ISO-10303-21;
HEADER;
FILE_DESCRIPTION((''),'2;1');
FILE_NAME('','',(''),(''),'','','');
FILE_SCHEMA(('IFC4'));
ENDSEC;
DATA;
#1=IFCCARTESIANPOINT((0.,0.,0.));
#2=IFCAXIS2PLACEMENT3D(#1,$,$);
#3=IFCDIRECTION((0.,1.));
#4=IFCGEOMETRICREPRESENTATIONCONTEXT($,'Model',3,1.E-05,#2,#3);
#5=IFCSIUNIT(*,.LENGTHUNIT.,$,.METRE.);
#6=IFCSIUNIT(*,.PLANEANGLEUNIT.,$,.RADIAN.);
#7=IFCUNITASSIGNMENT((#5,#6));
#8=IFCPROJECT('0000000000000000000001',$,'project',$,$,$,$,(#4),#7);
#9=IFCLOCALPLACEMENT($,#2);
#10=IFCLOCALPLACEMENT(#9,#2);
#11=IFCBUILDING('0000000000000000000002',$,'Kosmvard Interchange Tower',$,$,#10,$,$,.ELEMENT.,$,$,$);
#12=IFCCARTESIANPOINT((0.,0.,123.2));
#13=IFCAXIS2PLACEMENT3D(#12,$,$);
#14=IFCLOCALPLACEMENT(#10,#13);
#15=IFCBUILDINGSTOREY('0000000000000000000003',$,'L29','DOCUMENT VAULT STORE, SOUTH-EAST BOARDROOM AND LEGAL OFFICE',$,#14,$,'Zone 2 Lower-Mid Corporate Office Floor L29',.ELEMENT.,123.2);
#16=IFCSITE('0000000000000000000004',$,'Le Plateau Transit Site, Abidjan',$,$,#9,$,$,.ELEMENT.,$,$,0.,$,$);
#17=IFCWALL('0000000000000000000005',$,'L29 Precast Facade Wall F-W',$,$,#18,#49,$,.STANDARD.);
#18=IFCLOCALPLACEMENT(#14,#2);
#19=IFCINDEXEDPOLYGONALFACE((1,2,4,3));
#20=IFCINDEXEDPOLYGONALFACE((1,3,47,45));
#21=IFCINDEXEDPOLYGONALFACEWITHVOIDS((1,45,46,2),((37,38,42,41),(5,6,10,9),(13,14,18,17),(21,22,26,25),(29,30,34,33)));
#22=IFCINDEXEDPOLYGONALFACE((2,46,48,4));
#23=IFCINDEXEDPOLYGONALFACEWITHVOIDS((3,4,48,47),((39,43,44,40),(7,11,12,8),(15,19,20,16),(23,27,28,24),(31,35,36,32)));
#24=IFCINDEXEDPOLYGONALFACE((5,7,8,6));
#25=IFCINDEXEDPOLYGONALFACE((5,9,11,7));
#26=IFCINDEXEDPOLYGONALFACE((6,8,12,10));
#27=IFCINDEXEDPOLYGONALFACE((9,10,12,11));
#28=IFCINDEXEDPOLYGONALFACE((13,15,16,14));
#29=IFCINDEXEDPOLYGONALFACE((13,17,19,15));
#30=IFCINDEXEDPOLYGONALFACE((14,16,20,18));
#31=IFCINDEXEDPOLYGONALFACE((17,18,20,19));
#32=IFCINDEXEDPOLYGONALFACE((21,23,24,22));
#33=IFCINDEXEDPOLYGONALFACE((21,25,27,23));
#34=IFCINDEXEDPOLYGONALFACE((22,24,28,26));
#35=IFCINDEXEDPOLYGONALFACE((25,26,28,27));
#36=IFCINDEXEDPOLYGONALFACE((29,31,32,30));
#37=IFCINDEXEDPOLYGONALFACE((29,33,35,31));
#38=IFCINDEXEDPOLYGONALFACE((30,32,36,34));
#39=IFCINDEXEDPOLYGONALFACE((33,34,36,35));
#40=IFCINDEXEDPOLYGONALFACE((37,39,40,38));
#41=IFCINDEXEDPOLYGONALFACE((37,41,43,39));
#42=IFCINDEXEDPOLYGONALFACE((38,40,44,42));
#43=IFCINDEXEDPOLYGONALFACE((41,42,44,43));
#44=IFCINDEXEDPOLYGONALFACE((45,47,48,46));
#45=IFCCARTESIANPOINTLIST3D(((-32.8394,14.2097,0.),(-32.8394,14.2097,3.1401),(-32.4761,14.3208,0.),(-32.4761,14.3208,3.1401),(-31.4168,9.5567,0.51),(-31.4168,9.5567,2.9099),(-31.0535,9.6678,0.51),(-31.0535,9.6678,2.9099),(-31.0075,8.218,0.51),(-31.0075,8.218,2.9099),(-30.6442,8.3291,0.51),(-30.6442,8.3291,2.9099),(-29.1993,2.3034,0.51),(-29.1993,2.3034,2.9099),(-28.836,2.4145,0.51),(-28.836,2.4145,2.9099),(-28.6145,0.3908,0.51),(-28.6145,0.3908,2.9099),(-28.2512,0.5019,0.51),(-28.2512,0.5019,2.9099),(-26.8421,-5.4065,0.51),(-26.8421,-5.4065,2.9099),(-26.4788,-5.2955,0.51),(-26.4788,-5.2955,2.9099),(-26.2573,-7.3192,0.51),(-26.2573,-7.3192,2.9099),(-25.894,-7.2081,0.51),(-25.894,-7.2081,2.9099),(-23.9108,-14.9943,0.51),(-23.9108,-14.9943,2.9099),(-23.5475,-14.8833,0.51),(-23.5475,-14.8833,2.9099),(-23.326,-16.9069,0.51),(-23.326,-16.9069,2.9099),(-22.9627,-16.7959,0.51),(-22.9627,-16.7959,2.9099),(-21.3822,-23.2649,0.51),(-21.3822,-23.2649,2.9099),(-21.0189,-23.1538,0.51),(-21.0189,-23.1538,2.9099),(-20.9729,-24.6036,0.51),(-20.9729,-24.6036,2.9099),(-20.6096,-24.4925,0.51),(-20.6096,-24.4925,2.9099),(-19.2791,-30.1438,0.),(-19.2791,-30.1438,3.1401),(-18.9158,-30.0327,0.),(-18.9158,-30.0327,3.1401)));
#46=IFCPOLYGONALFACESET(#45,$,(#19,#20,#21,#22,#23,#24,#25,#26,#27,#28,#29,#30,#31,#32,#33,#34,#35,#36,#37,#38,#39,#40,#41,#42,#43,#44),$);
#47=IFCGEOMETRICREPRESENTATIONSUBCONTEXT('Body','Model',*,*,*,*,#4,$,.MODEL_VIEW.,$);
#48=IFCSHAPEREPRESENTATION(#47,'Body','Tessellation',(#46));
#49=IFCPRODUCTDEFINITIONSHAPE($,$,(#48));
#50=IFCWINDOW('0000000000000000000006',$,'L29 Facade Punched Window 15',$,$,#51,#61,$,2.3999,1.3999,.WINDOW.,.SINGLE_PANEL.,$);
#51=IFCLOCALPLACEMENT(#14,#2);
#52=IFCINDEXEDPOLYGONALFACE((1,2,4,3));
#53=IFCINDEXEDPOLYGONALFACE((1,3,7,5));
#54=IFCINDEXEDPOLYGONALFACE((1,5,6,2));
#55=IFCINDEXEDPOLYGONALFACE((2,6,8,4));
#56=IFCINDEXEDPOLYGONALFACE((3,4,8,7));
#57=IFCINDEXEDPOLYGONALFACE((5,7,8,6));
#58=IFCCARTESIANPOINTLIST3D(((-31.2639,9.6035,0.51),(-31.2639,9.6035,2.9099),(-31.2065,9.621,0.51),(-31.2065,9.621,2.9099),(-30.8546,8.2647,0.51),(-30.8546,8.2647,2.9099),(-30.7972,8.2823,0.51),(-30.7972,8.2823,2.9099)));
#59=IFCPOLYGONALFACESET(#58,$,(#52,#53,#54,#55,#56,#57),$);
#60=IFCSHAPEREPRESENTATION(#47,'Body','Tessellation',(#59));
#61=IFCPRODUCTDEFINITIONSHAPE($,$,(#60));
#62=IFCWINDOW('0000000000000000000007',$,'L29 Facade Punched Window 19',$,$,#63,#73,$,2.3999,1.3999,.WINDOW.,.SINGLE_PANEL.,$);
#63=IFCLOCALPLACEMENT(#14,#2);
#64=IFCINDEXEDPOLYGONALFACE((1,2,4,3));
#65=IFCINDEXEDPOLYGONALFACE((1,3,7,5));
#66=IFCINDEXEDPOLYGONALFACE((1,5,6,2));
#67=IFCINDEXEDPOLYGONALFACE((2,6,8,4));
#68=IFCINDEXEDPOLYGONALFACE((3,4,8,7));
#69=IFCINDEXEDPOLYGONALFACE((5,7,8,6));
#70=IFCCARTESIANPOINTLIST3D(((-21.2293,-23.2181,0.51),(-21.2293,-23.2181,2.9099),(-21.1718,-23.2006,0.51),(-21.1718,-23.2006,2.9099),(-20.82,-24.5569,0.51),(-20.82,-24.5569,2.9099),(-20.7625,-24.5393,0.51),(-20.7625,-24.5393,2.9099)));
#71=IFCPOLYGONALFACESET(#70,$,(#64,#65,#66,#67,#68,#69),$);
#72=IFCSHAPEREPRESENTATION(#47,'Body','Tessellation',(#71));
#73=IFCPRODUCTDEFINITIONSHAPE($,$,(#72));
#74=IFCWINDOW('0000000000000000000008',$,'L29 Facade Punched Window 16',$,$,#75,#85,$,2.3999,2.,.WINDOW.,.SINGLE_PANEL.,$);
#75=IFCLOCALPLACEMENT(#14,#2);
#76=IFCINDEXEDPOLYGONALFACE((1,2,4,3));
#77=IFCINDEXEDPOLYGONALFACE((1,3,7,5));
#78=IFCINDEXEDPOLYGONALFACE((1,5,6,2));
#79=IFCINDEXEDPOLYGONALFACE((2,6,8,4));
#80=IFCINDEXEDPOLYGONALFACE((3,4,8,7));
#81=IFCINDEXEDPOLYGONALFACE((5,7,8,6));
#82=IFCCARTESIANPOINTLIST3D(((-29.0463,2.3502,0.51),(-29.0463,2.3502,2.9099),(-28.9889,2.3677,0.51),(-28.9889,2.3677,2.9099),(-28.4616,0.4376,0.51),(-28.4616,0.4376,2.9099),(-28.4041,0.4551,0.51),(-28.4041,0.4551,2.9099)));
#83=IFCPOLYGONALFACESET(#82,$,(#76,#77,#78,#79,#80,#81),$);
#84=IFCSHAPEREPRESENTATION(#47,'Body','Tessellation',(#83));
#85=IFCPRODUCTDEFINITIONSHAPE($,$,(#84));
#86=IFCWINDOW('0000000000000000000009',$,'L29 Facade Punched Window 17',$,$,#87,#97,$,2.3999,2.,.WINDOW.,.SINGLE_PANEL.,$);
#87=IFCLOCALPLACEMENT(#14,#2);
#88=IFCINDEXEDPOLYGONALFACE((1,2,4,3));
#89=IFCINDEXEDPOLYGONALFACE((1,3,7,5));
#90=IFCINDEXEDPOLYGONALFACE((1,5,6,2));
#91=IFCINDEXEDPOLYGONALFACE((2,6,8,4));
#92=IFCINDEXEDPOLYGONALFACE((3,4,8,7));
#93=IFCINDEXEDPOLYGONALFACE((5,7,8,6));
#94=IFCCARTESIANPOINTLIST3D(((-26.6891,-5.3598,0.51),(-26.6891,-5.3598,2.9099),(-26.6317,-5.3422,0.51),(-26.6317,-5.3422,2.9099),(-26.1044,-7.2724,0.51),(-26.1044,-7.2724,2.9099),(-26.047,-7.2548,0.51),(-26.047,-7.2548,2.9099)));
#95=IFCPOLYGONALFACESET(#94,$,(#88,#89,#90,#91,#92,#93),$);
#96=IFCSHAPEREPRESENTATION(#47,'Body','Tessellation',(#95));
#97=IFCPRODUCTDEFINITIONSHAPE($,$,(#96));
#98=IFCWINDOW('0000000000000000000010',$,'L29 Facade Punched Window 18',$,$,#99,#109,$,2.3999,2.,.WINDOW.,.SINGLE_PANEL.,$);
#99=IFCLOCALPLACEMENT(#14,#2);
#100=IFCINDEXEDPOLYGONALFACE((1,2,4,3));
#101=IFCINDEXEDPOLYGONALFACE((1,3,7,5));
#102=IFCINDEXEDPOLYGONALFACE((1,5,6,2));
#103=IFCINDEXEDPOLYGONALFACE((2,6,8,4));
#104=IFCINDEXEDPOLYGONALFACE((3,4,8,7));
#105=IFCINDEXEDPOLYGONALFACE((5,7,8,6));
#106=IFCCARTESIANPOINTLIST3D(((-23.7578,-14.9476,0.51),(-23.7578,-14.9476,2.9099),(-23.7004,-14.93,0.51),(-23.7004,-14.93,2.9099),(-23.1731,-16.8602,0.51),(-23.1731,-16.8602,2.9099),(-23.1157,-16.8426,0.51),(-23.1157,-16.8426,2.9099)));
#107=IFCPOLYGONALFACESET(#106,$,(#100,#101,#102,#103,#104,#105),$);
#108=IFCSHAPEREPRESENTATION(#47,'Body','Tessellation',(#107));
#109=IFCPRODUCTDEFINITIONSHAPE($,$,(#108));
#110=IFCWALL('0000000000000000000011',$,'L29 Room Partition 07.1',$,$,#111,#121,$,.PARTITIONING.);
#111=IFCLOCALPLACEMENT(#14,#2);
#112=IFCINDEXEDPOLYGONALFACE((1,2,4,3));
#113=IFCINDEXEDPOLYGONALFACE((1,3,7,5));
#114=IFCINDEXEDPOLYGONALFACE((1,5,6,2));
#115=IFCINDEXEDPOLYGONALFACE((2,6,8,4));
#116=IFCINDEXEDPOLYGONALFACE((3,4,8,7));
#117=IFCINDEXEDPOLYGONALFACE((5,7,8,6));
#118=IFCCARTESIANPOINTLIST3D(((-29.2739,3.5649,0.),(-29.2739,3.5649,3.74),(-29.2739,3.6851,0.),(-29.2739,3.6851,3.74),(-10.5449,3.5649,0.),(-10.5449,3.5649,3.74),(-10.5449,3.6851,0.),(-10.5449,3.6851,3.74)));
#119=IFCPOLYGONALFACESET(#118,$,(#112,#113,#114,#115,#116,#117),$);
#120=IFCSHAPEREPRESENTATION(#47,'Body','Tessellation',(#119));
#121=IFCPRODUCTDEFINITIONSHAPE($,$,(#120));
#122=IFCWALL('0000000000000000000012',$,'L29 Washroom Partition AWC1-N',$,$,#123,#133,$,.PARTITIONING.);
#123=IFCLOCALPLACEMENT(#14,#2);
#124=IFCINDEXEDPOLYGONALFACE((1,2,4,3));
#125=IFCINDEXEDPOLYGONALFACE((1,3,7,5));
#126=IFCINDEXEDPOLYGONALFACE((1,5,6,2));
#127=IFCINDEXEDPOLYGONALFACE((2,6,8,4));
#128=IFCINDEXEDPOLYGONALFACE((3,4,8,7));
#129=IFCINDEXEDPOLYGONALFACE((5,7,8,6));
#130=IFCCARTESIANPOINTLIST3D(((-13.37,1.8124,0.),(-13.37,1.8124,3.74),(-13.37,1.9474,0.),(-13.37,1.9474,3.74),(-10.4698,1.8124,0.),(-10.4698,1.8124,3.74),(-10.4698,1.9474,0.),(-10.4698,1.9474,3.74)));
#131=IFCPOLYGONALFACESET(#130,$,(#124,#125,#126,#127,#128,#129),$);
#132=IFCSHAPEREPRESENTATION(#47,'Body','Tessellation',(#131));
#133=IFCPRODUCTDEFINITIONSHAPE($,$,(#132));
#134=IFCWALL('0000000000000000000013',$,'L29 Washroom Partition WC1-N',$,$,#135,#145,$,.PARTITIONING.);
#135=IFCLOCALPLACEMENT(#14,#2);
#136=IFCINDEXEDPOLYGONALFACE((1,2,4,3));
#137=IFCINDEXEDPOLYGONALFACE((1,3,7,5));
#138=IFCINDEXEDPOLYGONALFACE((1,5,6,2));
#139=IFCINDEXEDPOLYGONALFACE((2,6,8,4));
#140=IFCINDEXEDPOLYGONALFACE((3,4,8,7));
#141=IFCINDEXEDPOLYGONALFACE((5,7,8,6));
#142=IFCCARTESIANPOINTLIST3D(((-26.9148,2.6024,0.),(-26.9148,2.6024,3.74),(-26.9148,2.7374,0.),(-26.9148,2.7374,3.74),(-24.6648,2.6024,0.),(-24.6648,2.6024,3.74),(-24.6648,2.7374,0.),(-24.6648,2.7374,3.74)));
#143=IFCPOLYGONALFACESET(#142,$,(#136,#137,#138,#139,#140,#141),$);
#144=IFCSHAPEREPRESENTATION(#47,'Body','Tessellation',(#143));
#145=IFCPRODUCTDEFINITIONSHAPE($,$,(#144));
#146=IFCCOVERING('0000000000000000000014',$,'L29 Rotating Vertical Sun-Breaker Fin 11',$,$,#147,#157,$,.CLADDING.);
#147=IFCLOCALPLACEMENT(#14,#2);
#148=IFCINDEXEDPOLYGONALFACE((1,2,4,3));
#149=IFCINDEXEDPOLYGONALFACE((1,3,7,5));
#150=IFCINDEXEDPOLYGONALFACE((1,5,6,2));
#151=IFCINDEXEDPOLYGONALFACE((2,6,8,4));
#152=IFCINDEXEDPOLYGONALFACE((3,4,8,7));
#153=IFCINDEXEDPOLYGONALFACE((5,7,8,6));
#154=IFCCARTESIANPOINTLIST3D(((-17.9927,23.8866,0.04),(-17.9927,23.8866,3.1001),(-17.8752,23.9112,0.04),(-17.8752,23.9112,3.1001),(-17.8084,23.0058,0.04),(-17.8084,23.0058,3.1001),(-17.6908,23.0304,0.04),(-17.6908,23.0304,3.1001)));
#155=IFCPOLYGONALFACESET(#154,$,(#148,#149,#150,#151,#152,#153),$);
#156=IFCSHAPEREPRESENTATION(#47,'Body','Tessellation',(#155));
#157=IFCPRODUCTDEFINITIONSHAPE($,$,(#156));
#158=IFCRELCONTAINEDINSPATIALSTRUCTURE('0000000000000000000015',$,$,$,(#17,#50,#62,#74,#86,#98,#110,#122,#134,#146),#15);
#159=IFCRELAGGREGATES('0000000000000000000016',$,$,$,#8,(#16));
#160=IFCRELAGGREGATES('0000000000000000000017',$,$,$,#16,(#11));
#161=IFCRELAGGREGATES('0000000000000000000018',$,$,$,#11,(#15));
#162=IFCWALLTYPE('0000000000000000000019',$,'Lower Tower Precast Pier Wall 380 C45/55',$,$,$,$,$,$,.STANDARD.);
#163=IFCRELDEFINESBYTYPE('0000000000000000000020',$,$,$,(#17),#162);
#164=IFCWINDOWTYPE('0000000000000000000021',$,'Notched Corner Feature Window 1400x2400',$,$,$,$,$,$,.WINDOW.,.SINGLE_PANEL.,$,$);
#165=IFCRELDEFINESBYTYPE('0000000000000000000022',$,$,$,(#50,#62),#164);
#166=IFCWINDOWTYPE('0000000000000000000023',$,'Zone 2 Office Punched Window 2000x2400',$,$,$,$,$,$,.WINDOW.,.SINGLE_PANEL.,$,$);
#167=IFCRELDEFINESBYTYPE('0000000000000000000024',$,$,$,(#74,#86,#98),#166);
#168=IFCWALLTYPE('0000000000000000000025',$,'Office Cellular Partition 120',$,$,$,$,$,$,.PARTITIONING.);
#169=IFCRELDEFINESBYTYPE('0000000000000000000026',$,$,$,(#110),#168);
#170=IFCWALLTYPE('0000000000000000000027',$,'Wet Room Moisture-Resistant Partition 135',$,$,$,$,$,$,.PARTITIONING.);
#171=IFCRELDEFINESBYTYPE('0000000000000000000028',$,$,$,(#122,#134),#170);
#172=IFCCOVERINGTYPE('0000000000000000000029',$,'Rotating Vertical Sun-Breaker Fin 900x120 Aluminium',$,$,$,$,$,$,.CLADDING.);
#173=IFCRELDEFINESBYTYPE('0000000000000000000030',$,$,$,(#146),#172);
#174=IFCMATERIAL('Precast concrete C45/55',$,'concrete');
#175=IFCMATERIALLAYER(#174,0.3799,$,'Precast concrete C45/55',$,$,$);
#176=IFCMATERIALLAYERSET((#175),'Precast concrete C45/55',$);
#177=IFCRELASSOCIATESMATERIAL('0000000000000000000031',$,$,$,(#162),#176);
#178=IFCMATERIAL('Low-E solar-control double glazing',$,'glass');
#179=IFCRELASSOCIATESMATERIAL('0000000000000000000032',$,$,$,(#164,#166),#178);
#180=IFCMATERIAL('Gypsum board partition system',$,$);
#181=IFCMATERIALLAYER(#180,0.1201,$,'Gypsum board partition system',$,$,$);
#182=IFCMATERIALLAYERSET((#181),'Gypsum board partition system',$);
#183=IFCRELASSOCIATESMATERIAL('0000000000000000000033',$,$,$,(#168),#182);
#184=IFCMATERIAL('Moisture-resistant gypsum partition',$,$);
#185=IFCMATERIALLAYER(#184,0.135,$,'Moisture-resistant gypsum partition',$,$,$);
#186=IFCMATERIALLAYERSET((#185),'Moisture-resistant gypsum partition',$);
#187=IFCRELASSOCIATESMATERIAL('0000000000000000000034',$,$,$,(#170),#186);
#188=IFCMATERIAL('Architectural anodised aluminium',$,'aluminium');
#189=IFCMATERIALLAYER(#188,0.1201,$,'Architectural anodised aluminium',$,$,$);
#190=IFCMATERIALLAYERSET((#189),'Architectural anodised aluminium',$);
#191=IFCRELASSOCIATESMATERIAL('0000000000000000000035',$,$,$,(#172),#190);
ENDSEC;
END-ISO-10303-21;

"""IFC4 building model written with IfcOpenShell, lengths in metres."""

from ifc_helpers import new_model, si_unit, direction, frame, frame_2d, origin, origin_2d, place, context, subcontext, project, spatial, rectangle, extrude, source, transform, mapped, material, layer, layer_set, type_object, element, fill, save


model = new_model("IFC4")

# Units and contexts
model_context = context("Model", 3, precision=1e-05, world=origin(), true_north=direction((0.0, 1.0)))
body_context = subcontext(model_context, "Body", "Model", "MODEL_VIEW")
ifc_project = project(units=[si_unit("LENGTHUNIT", "METRE"), si_unit("PLANEANGLEUNIT", "RADIAN")], contexts=[model_context])

# Site, building, storey
site_placement = place(None, origin())
site = spatial("IfcSite", under=ifc_project, at=site_placement, Name="Le Plateau Transit Site, Abidjan", CompositionType="ELEMENT", RefElevation=0.0)
building_placement = place(site_placement, origin())
building = spatial("IfcBuilding", under=site, at=building_placement, Name="Kosmvard Interchange Tower", CompositionType="ELEMENT")
storey_placement = place(building_placement, frame((0.0, 0.0, 123.2)))
storey = spatial("IfcBuildingStorey", under=building, at=storey_placement, Name="L29", Description="DOCUMENT VAULT STORE, SOUTH-EAST BOARDROOM AND LEGAL OFFICE", LongName="Zone 2 Lower-Mid Corporate Office Floor L29", CompositionType="ELEMENT", Elevation=123.2)

# Shared definitions
ifc_material_1 = material(Name="Precast concrete C45/55", Category="concrete")

# Shared definitions
ifc_layer_1 = layer(ifc_material_1, 0.3799, Name="Precast concrete C45/55")
ifc_layer_set_1 = layer_set([ifc_layer_1], Name="Precast concrete C45/55")
wall_type_1 = type_object("IfcWallType", Name="Lower Tower Precast Pier Wall 380 C45/55", PredefinedType="STANDARD", material=ifc_layer_set_1)

# Shared definitions
ifc_material_2 = material(Name="Low-E solar-control double glazing", Category="glass")
window_type_1 = type_object("IfcWindowType", Name="Notched Corner Feature Window 1400x2400", PartitioningType="SINGLE_PANEL", PredefinedType="WINDOW", material=ifc_material_2)
shared_shape_1 = source(origin(), body_context, "Body", "SweptSolid", [
    extrude(rectangle(XDim=1.3999, YDim=2.3999, at=frame_2d((0.7, 1.2))), frame((0.0, 0.03, 0.0), z_axis=(0.0, -1.0, 0.0), x_axis=(1.0, 0.0, 0.0)), (0.0, 0.0, 1.0), 0.0601),
])

# Wall, openings, windows
wall_1_placement = place(storey_placement, frame((-32.6577, 14.2651, 0.0), z_axis=(0.0, 0.0, 1.0), x_axis=(0.292373, -0.956304, 0.0)))
wall_1 = element("IfcWall", 1, at=wall_1_placement, inside=storey, type_object=wall_type_1, Name="L29 Precast Facade Wall F-W", PredefinedType="STANDARD", context=body_context, shape_type="SweptSolid", body=[
    extrude(rectangle(XDim=46.3801, YDim=0.3799, at=frame_2d((23.1899, 0.0))), origin(), (0.0, 0.0, 1.0), 3.1401),
])
opening_1_placement = place(wall_1_placement, frame((4.8655, 0.0, 0.51)))
opening_1 = element("IfcOpeningElement", 2, at=opening_1_placement, cuts=wall_1, PredefinedType="OPENING", context=body_context, shape_type="SweptSolid", body=[
    extrude(rectangle(XDim=1.3999, YDim=2.3999, at=frame_2d((0.7, 1.2))), frame((0.0, 0.2, 0.0), z_axis=(0.0, -1.0, 0.0), x_axis=(1.0, 0.0, 0.0)), (0.0, 0.0, 1.0), 0.3999),
])
opening_2_placement = place(wall_1_placement, frame((12.4502, 0.0, 0.51)))
opening_2 = element("IfcOpeningElement", 3, at=opening_2_placement, cuts=wall_1, PredefinedType="OPENING", context=body_context, shape_type="SweptSolid", body=[
    extrude(rectangle(XDim=2.0, YDim=2.3999, at=frame_2d((1.0, 1.2))), frame((0.0, 0.2, 0.0), z_axis=(0.0, -1.0, 0.0), x_axis=(1.0, 0.0, 0.0)), (0.0, 0.0, 1.0), 0.3999),
])
opening_3_placement = place(wall_1_placement, frame((20.5125, 0.0, 0.51)))
opening_3 = element("IfcOpeningElement", 4, at=opening_3_placement, cuts=wall_1, PredefinedType="OPENING", context=body_context, shape_type="SweptSolid", body=[
    extrude(rectangle(XDim=2.0, YDim=2.3999, at=frame_2d((1.0, 1.2))), frame((0.0, 0.2, 0.0), z_axis=(0.0, -1.0, 0.0), x_axis=(1.0, 0.0, 0.0)), (0.0, 0.0, 1.0), 0.3999),
])
opening_4_placement = place(wall_1_placement, frame((30.5383, 0.0, 0.51)))
opening_4 = element("IfcOpeningElement", 5, at=opening_4_placement, cuts=wall_1, PredefinedType="OPENING", context=body_context, shape_type="SweptSolid", body=[
    extrude(rectangle(XDim=2.0, YDim=2.3999, at=frame_2d((1.0, 1.2))), frame((0.0, 0.2, 0.0), z_axis=(0.0, -1.0, 0.0), x_axis=(1.0, 0.0, 0.0)), (0.0, 0.0, 1.0), 0.3999),
])
opening_5_placement = place(wall_1_placement, frame((39.1868, 0.0, 0.51)))
opening_5 = element("IfcOpeningElement", 6, at=opening_5_placement, cuts=wall_1, PredefinedType="OPENING", context=body_context, shape_type="SweptSolid", body=[
    extrude(rectangle(XDim=1.3999, YDim=2.3999, at=frame_2d((0.7, 1.2))), frame((0.0, 0.2, 0.0), z_axis=(0.0, -1.0, 0.0), x_axis=(1.0, 0.0, 0.0)), (0.0, 0.0, 1.0), 0.3999),
])
window_1_placement = place(opening_1_placement, origin())
window_1 = element("IfcWindow", 7, at=window_1_placement, inside=storey, type_object=window_type_1, Name="L29 Facade Punched Window 15", OverallHeight=2.3999, OverallWidth=1.3999, PartitioningType="SINGLE_PANEL", PredefinedType="WINDOW", context=body_context, shape_type="MappedRepresentation", body=[
    mapped(shared_shape_1, transform((0.0, 0.0, 0.0), scale=1.0)),
])
fill(opening_1, window_1)
window_2_placement = place(opening_5_placement, origin())
window_2 = element("IfcWindow", 8, at=window_2_placement, inside=storey, type_object=window_type_1, Name="L29 Facade Punched Window 19", OverallHeight=2.3999, OverallWidth=1.3999, PartitioningType="SINGLE_PANEL", PredefinedType="WINDOW", context=body_context, shape_type="MappedRepresentation", body=[
    mapped(shared_shape_1, transform((0.0, 0.0, 0.0), scale=1.0)),
])
fill(opening_5, window_2)
window_type_2 = type_object("IfcWindowType", Name="Zone 2 Office Punched Window 2000x2400", PartitioningType="SINGLE_PANEL", PredefinedType="WINDOW", material=ifc_material_2)
shared_shape_2 = source(origin(), body_context, "Body", "SweptSolid", [
    extrude(rectangle(XDim=2.0, YDim=2.3999, at=frame_2d((1.0, 1.2))), frame((0.0, 0.03, 0.0), z_axis=(0.0, -1.0, 0.0), x_axis=(1.0, 0.0, 0.0)), (0.0, 0.0, 1.0), 0.0601),
])
window_3_placement = place(opening_2_placement, origin())
window_3 = element("IfcWindow", 9, at=window_3_placement, inside=storey, type_object=window_type_2, Name="L29 Facade Punched Window 16", OverallHeight=2.3999, OverallWidth=2.0, PartitioningType="SINGLE_PANEL", PredefinedType="WINDOW", context=body_context, shape_type="MappedRepresentation", body=[
    mapped(shared_shape_2, transform((0.0, 0.0, 0.0), scale=1.0)),
])
fill(opening_2, window_3)
window_4_placement = place(opening_3_placement, origin())
window_4 = element("IfcWindow", 10, at=window_4_placement, inside=storey, type_object=window_type_2, Name="L29 Facade Punched Window 17", OverallHeight=2.3999, OverallWidth=2.0, PartitioningType="SINGLE_PANEL", PredefinedType="WINDOW", context=body_context, shape_type="MappedRepresentation", body=[
    mapped(shared_shape_2, transform((0.0, 0.0, 0.0), scale=1.0)),
])
fill(opening_3, window_4)
window_5_placement = place(opening_4_placement, origin())
window_5 = element("IfcWindow", 11, at=window_5_placement, inside=storey, type_object=window_type_2, Name="L29 Facade Punched Window 18", OverallHeight=2.3999, OverallWidth=2.0, PartitioningType="SINGLE_PANEL", PredefinedType="WINDOW", context=body_context, shape_type="MappedRepresentation", body=[
    mapped(shared_shape_2, transform((0.0, 0.0, 0.0), scale=1.0)),
])
fill(opening_4, window_5)

# Walls
ifc_material_3 = material(Name="Gypsum board partition system")
ifc_layer_2 = layer(ifc_material_3, 0.1201, Name="Gypsum board partition system")
ifc_layer_set_2 = layer_set([ifc_layer_2], Name="Gypsum board partition system")
wall_type_2 = type_object("IfcWallType", Name="Office Cellular Partition 120", PredefinedType="PARTITIONING", material=ifc_layer_set_2)
wall_2_placement = place(storey_placement, frame((-29.2739, 3.625, 0.0), z_axis=(0.0, 0.0, 1.0), x_axis=(1.0, 0.0, 0.0)))
element("IfcWall", 12, at=wall_2_placement, inside=storey, type_object=wall_type_2, Name="L29 Room Partition 07.1", PredefinedType="PARTITIONING", context=body_context, shape_type="SweptSolid", body=[
    extrude(rectangle(XDim=18.729, YDim=0.1201, at=frame_2d((9.3645, 0.0))), origin(), (0.0, 0.0, 1.0), 3.74),
])
ifc_material_4 = material(Name="Moisture-resistant gypsum partition")
ifc_layer_3 = layer(ifc_material_4, 0.135, Name="Moisture-resistant gypsum partition")
ifc_layer_set_3 = layer_set([ifc_layer_3], Name="Moisture-resistant gypsum partition")
wall_type_3 = type_object("IfcWallType", Name="Wet Room Moisture-Resistant Partition 135", PredefinedType="PARTITIONING", material=ifc_layer_set_3)
wall_3_placement = place(storey_placement, frame((-13.3701, 1.8799, 0.0), z_axis=(0.0, 0.0, 1.0), x_axis=(1.0, 0.0, 0.0)))
element("IfcWall", 13, at=wall_3_placement, inside=storey, type_object=wall_type_3, Name="L29 Washroom Partition AWC1-N", PredefinedType="PARTITIONING", context=body_context, shape_type="SweptSolid", body=[
    extrude(rectangle(XDim=2.9001, YDim=0.135, at=frame_2d((1.4502, 0.0))), origin(), (0.0, 0.0, 1.0), 3.74),
])
wall_4_placement = place(storey_placement, frame((-26.9148, 2.6699, 0.0), z_axis=(0.0, 0.0, 1.0), x_axis=(1.0, 0.0, 0.0)))
element("IfcWall", 14, at=wall_4_placement, inside=storey, type_object=wall_type_3, Name="L29 Washroom Partition WC1-N", PredefinedType="PARTITIONING", context=body_context, shape_type="SweptSolid", body=[
    extrude(rectangle(XDim=2.25, YDim=0.135, at=frame_2d((1.125, 0.0))), origin(), (0.0, 0.0, 1.0), 3.74),
])

# Covering
ifc_material_5 = material(Name="Architectural anodised aluminium", Category="aluminium")
ifc_layer_4 = layer(ifc_material_5, 0.1201, Name="Architectural anodised aluminium")
ifc_layer_set_4 = layer_set([ifc_layer_4], Name="Architectural anodised aluminium")
covering_type = type_object("IfcCoveringType", Name="Rotating Vertical Sun-Breaker Fin 900x120 Aluminium", PredefinedType="CLADDING", material=ifc_layer_set_4)
shared_shape_3 = source(origin(), body_context, "Body", "SweptSolid", [
    extrude(rectangle(XDim=0.8999, YDim=0.1201, at=origin_2d()), origin(), (0.0, 0.0, 1.0), 3.0601),
])
for number, where, z_axis, x_axis, name in (
    (15, (-17.8418, 23.4585, 0.04), (0.0, 0.0, 1.0), (-0.204838, 0.978796, 0.0), "L29 Rotating Vertical Sun-Breaker Fin 11"),
):
    element("IfcCovering", number, at=place(storey_placement, frame(where, z_axis=z_axis, x_axis=x_axis)), inside=storey, type_object=covering_type, Name=name, PredefinedType="CLADDING", context=body_context, shape_type="MappedRepresentation", body=[
        mapped(shared_shape_3, transform((0.0, 0.0, 0.0), scale=1.0)),
    ])

save(model, "model.ifc")
